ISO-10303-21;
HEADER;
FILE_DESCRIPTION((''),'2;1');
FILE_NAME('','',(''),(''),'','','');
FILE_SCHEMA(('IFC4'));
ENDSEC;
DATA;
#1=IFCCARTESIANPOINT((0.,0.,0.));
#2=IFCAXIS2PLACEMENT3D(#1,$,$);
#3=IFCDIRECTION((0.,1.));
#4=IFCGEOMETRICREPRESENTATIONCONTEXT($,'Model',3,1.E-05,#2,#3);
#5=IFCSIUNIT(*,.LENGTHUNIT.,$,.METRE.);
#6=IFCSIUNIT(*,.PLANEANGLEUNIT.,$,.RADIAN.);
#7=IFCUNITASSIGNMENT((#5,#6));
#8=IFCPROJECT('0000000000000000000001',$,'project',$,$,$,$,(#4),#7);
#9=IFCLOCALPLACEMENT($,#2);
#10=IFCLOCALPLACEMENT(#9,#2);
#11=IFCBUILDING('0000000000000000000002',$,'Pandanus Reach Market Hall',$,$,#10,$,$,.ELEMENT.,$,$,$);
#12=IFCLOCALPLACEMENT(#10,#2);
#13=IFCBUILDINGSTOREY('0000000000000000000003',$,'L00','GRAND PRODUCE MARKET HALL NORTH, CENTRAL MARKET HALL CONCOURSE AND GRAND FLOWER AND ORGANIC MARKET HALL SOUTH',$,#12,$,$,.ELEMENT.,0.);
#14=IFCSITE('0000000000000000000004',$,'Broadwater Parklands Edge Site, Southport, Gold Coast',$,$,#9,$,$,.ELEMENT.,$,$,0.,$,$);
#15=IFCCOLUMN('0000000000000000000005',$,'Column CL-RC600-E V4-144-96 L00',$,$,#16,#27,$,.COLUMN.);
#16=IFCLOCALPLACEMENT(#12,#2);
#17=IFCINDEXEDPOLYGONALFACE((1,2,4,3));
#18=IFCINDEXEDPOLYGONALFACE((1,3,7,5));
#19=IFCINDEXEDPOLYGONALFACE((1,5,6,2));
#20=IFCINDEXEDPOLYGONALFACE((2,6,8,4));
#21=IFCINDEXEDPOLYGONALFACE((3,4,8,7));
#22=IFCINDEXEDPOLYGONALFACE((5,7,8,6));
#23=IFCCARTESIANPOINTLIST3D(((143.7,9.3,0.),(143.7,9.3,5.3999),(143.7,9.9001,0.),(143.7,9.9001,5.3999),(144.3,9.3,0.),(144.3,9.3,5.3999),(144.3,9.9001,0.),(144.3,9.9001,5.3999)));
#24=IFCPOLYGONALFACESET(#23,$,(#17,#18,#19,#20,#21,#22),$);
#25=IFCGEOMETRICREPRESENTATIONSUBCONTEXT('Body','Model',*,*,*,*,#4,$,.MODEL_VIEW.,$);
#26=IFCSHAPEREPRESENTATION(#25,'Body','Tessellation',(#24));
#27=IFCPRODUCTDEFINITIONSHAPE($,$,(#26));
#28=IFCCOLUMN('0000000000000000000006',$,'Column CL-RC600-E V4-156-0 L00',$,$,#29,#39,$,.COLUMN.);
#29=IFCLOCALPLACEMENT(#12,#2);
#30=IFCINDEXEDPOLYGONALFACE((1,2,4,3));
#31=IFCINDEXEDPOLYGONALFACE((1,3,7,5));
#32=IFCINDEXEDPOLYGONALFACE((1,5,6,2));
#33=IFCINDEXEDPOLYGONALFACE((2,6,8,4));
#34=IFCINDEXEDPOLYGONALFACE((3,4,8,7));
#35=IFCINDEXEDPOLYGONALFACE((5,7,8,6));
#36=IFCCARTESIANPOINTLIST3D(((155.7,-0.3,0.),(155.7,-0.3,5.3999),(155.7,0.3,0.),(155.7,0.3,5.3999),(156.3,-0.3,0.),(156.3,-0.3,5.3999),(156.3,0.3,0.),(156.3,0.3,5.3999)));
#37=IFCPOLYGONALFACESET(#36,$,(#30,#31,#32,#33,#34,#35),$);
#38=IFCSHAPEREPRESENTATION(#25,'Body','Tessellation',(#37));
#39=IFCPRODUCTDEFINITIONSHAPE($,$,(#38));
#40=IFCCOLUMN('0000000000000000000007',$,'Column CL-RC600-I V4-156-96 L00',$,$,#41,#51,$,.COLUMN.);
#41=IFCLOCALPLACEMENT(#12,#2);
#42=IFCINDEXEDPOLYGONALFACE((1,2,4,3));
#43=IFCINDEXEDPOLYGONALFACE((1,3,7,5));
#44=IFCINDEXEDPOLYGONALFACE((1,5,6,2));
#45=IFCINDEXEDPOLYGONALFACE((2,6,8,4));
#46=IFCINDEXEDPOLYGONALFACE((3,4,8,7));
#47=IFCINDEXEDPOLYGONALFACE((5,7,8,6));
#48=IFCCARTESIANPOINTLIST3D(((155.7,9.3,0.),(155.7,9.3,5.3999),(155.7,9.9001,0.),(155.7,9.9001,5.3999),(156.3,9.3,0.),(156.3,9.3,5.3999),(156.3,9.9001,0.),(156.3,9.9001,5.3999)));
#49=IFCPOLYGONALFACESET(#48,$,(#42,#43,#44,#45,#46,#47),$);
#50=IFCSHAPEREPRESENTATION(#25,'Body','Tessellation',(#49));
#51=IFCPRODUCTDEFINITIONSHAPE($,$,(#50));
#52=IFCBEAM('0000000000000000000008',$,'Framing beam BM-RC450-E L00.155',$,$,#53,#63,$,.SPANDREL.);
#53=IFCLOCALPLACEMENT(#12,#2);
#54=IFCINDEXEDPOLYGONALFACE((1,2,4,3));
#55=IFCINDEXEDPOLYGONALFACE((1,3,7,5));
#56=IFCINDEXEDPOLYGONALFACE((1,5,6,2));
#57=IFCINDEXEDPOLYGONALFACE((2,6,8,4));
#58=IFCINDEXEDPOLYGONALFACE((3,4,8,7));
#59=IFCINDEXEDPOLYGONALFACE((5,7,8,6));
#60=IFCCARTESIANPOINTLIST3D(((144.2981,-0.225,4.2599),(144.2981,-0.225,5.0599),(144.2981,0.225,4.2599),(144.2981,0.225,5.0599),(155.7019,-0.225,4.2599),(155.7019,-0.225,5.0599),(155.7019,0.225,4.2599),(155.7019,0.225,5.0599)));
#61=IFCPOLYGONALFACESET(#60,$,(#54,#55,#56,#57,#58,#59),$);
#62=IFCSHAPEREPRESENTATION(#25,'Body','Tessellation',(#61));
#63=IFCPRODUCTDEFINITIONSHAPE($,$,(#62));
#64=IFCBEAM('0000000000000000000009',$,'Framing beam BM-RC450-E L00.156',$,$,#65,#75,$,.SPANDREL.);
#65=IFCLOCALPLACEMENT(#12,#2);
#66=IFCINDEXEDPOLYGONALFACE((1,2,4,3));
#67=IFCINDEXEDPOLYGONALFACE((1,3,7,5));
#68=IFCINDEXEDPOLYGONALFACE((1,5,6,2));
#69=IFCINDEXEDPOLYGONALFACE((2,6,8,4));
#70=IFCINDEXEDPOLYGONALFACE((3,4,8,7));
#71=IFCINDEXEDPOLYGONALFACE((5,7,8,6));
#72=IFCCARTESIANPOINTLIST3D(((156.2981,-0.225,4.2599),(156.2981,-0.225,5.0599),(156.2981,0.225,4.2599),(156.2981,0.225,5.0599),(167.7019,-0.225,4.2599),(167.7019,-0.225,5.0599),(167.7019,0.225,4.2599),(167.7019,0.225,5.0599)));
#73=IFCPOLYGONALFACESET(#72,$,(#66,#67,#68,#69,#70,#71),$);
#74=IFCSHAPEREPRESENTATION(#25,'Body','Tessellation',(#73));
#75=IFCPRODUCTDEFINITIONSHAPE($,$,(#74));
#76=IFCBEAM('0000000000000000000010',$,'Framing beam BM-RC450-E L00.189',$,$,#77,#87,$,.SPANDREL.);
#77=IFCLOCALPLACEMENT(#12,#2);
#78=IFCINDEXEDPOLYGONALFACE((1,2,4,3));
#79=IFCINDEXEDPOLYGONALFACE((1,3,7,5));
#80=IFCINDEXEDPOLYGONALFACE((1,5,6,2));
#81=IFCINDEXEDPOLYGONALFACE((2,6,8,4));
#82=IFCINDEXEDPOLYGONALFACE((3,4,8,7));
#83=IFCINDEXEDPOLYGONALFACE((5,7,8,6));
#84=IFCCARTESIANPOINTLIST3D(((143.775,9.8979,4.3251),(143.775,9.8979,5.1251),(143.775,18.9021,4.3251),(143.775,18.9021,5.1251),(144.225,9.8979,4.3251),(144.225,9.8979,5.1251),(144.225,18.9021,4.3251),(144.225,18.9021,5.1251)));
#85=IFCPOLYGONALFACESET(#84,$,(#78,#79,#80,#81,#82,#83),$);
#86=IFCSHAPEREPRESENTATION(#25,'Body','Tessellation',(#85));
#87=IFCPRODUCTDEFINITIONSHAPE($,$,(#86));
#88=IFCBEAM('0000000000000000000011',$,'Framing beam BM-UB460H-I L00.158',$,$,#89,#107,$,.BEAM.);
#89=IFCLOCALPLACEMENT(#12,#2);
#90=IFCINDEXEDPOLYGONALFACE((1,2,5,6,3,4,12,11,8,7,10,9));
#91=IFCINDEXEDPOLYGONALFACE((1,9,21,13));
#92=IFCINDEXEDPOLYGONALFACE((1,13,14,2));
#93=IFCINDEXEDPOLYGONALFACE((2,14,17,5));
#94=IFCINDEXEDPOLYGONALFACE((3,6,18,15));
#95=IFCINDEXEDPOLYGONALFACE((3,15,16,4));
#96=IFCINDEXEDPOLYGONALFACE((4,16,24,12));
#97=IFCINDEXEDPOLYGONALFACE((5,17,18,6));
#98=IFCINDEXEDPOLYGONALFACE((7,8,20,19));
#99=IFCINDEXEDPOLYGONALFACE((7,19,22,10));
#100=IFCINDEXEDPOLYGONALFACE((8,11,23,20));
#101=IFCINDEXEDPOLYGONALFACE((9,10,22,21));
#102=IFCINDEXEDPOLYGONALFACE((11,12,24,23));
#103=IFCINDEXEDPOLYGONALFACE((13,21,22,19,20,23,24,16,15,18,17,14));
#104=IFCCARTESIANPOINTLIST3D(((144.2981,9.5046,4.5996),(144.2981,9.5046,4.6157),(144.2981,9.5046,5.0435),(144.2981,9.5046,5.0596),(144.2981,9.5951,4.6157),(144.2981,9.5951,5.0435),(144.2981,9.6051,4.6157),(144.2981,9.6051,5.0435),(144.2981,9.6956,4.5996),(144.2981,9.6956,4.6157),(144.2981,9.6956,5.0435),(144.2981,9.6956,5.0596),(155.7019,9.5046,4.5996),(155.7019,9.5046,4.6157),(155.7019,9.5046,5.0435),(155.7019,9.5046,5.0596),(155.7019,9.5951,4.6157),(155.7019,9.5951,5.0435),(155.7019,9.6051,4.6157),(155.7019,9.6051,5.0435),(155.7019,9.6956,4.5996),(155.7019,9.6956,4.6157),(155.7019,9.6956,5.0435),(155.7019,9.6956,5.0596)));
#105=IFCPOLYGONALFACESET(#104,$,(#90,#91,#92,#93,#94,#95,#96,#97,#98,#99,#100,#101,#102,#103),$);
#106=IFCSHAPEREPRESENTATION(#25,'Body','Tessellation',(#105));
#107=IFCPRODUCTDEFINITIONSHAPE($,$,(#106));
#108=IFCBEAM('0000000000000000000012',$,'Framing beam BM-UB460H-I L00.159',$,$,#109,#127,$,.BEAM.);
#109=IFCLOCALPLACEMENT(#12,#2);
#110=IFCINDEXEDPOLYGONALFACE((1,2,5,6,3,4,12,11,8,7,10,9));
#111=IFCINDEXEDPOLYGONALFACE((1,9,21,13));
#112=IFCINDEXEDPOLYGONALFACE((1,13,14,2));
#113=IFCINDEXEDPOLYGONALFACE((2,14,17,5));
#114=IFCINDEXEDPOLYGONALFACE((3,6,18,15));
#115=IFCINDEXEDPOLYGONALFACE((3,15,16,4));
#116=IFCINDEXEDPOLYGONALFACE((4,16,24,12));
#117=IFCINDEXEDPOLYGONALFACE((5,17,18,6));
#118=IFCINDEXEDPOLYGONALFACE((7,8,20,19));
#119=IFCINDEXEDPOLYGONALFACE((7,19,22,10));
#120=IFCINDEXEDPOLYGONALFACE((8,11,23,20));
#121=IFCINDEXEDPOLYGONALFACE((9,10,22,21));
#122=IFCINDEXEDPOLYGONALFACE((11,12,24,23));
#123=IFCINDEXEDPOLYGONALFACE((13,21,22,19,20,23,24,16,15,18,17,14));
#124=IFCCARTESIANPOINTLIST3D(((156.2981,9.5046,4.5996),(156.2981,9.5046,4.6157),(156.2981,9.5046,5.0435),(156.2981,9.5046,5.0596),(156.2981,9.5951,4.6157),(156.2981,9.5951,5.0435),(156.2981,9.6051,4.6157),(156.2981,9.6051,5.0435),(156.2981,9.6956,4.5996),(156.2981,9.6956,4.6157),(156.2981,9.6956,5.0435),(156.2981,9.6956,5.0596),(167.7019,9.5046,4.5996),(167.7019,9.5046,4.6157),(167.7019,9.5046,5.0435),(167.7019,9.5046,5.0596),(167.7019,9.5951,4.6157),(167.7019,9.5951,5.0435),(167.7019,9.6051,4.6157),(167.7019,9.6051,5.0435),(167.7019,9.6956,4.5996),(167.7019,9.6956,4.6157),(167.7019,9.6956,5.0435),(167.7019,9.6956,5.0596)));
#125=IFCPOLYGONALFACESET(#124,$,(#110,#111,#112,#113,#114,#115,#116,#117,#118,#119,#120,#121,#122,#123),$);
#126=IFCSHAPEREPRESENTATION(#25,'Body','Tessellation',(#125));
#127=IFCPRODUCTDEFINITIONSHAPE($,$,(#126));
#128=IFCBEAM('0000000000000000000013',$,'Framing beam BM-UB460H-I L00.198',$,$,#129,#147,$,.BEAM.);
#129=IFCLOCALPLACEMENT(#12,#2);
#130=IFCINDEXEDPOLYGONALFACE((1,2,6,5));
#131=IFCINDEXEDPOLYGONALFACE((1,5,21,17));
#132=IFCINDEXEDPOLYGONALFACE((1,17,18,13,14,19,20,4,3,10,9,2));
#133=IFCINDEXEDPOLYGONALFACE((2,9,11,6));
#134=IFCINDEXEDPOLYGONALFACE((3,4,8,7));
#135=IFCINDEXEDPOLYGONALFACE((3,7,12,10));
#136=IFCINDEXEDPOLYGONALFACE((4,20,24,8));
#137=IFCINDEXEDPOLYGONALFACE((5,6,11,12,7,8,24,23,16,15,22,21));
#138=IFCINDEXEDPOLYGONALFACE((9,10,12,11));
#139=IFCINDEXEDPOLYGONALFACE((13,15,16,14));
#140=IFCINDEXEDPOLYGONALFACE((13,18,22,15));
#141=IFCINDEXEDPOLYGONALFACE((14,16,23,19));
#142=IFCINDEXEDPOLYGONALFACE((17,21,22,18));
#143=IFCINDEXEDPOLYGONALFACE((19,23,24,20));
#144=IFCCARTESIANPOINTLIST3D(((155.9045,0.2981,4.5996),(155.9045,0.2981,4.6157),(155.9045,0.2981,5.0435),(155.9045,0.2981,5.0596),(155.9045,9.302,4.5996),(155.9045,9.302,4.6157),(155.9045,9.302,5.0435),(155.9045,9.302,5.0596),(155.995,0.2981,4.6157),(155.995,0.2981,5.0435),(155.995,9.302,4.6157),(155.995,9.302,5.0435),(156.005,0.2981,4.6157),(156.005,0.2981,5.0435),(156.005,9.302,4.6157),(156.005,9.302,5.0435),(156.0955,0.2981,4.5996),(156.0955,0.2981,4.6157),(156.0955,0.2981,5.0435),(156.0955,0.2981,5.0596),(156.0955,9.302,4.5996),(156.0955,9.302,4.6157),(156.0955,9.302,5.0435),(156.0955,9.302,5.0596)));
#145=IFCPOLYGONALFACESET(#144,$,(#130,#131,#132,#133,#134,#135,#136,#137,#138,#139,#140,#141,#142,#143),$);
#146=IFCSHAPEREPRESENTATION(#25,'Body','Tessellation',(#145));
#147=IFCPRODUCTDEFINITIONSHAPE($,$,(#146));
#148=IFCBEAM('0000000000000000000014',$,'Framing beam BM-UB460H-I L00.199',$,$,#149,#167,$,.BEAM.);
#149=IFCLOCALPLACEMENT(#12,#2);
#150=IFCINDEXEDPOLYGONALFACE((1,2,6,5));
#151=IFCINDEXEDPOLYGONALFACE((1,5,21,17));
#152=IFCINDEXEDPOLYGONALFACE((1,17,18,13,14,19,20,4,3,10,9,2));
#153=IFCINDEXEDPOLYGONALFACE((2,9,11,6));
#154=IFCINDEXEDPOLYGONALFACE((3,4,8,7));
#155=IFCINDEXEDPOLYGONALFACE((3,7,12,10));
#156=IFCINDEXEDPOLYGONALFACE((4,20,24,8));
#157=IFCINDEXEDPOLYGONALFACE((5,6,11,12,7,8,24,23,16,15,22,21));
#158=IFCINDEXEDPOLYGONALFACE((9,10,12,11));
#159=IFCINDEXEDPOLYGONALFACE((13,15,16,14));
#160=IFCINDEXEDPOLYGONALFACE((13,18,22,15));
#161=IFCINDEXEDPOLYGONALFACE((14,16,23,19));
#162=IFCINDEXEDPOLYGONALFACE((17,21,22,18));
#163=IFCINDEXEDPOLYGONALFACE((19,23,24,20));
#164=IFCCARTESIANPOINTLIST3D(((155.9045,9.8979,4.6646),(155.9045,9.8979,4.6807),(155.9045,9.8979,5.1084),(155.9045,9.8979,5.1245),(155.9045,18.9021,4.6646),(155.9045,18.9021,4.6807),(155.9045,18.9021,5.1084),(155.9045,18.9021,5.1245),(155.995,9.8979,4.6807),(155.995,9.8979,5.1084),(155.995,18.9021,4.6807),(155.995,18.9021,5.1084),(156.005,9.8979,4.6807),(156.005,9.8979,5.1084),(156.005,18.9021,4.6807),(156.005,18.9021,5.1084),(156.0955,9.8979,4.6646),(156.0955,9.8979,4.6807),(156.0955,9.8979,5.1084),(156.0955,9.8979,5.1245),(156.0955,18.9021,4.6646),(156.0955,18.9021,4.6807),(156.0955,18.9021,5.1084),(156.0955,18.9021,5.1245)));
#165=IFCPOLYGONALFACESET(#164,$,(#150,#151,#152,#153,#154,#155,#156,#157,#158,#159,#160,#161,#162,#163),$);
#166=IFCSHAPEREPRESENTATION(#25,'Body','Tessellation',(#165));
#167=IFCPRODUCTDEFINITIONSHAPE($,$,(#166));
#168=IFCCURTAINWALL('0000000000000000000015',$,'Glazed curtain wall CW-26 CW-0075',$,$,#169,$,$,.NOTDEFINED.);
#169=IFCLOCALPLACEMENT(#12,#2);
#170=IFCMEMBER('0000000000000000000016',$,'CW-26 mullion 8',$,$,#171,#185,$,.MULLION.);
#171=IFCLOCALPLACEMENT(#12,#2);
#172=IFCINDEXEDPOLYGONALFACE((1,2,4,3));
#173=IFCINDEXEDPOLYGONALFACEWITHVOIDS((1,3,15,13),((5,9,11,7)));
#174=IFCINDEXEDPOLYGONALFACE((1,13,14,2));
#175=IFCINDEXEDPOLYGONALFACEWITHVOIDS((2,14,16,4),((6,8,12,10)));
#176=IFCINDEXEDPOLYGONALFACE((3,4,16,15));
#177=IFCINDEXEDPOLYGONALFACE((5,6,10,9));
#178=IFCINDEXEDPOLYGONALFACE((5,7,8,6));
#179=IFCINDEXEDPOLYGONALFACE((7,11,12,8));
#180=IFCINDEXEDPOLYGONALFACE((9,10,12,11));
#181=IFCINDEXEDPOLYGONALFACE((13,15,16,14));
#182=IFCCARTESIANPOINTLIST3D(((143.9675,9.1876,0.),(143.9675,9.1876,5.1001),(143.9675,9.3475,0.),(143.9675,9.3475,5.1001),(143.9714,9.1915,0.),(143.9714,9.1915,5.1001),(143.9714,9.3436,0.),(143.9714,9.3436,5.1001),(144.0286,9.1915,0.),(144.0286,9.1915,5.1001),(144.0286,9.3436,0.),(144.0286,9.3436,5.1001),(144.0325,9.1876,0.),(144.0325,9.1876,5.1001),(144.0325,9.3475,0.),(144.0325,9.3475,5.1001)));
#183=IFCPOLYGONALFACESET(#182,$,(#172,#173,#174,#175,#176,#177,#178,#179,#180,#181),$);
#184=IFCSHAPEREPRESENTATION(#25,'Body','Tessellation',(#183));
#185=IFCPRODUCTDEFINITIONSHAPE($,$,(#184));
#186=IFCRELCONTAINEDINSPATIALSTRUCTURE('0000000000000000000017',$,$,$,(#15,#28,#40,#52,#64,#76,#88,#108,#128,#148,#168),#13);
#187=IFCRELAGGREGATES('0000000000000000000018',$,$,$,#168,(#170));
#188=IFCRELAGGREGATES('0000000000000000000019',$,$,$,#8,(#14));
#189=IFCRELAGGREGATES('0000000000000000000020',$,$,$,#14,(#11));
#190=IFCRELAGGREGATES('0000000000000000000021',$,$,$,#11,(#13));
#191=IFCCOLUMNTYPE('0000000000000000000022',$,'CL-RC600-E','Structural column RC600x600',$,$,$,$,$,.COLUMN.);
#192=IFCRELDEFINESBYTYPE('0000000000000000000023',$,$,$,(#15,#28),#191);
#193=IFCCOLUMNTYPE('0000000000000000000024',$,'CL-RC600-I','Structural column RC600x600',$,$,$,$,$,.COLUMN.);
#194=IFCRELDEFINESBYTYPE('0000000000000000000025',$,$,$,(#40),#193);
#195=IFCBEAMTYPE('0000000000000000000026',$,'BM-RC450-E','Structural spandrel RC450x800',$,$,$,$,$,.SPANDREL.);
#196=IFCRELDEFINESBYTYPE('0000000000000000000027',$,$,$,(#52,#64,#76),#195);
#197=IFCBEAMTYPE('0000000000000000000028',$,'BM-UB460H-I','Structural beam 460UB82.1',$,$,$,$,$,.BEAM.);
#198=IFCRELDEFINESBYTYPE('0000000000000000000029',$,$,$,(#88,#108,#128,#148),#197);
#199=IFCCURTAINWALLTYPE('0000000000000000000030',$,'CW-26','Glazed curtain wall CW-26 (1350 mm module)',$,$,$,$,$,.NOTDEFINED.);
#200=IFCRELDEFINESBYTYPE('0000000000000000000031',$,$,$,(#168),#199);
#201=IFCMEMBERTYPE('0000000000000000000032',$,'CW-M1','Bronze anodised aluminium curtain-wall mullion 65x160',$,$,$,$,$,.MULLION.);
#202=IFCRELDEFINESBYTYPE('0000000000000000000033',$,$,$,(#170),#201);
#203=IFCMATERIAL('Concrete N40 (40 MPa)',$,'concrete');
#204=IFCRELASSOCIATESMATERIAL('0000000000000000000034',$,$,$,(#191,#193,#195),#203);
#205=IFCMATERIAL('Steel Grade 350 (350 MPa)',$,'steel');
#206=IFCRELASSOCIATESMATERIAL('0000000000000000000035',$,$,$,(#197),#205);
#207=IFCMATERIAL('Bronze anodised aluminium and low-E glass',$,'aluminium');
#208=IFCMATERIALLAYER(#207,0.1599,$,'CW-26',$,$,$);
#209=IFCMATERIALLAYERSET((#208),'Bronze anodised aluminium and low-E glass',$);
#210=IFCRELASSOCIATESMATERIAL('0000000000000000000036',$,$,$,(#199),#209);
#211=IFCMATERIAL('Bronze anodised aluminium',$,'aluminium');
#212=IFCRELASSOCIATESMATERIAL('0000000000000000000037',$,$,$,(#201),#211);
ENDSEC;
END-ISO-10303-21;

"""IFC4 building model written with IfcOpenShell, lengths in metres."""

from ifc_helpers import new_model, si_unit, direction, frame, origin, origin_2d, place, context, subcontext, project, spatial, rectangle, hollow_rectangle, i_section, extrude, material, layer, layer_set, material_profile, profile_set, type_object, element, aggregate, save


model = new_model("IFC4")

# Units and contexts
model_context = context("Model", 3, precision=1e-05, world=origin(), true_north=direction((0.0, 1.0)))
body_context = subcontext(model_context, "Body", "Model", "MODEL_VIEW")
ifc_project = project(units=[si_unit("LENGTHUNIT", "METRE"), si_unit("PLANEANGLEUNIT", "RADIAN")], contexts=[model_context])

# Site, building, storey
site_placement = place(None, origin())
site = spatial("IfcSite", under=ifc_project, at=site_placement, Name="Broadwater Parklands Edge Site, Southport, Gold Coast", CompositionType="ELEMENT", RefElevation=0.0)
building_placement = place(site_placement, origin())
building = spatial("IfcBuilding", under=site, at=building_placement, Name="Pandanus Reach Market Hall", CompositionType="ELEMENT")
storey_placement = place(building_placement, origin())
storey = spatial("IfcBuildingStorey", under=building, at=storey_placement, Name="L00", Description="GRAND PRODUCE MARKET HALL NORTH, CENTRAL MARKET HALL CONCOURSE AND GRAND FLOWER AND ORGANIC MARKET HALL SOUTH", CompositionType="ELEMENT", Elevation=0.0)

# Columns
ifc_material_1 = material(Name="Concrete N40 (40 MPa)", Category="concrete")
ifc_material_profile_1 = material_profile(ifc_material_1, rectangle(XDim=0.6001, YDim=0.6001, at=origin_2d()), Name="RC600x600", Category="LoadBearing")
ifc_profile_set_1 = profile_set([ifc_material_profile_1], Name="Concrete N40 (40 MPa)")
column_type_1 = type_object("IfcColumnType", Name="CL-RC600-E", Description="Structural column RC600x600", PredefinedType="COLUMN", material=ifc_profile_set_1)
for number, where, z_axis, x_axis, name in (
    (1, (144.0, 9.6001, 0.0), (0.0, 0.0, 1.0), (1.0, 0.0, 0.0), "Column CL-RC600-E V4-144-96 L00"),
    (2, (156.0, 0.0, 0.0), (0.0, 0.0, 1.0), (1.0, 0.0, 0.0), "Column CL-RC600-E V4-156-0 L00"),
):
    element("IfcColumn", number, at=place(storey_placement, frame(where, z_axis=z_axis, x_axis=x_axis)), inside=storey, type_object=column_type_1, Name=name, PredefinedType="COLUMN", context=body_context, shape_type="SweptSolid", body=[
        extrude(rectangle(XDim=0.6001, YDim=0.6001, at=origin_2d()), origin(), (0.0, 0.0, 1.0), 5.3999),
    ])
ifc_material_profile_2 = material_profile(ifc_material_1, rectangle(XDim=0.6001, YDim=0.6001, at=origin_2d()), Name="RC600x600", Category="LoadBearing")
ifc_profile_set_2 = profile_set([ifc_material_profile_2], Name="Concrete N40 (40 MPa)")
column_type_2 = type_object("IfcColumnType", Name="CL-RC600-I", Description="Structural column RC600x600", PredefinedType="COLUMN", material=ifc_profile_set_2)
column_placement = place(storey_placement, frame((156.0, 9.6001, 0.0), z_axis=(0.0, 0.0, 1.0), x_axis=(1.0, 0.0, 0.0)))
element("IfcColumn", 3, at=column_placement, inside=storey, type_object=column_type_2, Name="Column CL-RC600-I V4-156-96 L00", PredefinedType="COLUMN", context=body_context, shape_type="SweptSolid", body=[
    extrude(rectangle(XDim=0.6001, YDim=0.6001, at=origin_2d()), origin(), (0.0, 0.0, 1.0), 5.3999),
])

# Beams
ifc_material_profile_3 = material_profile(ifc_material_1, rectangle(XDim=0.45, YDim=0.8, at=origin_2d()), Name="RC450x800", Category="LoadBearing")
ifc_profile_set_3 = profile_set([ifc_material_profile_3], Name="Concrete N40 (40 MPa)")
beam_type_1 = type_object("IfcBeamType", Name="BM-RC450-E", Description="Structural spandrel RC450x800", PredefinedType="SPANDREL", material=ifc_profile_set_3)
for number, where, z_axis, x_axis, name in (
    (4, (144.2981, 0.0, 4.6599), (1.0, 0.0, 0.0), (0.0, 1.0, 0.0), "Framing beam BM-RC450-E L00.155"),
    (5, (156.2981, 0.0, 4.6599), (1.0, 0.0, 0.0), (0.0, 1.0, 0.0), "Framing beam BM-RC450-E L00.156"),
):
    element("IfcBeam", number, at=place(storey_placement, frame(where, z_axis=z_axis, x_axis=x_axis)), inside=storey, type_object=beam_type_1, Name=name, PredefinedType="SPANDREL", context=body_context, shape_type="SweptSolid", body=[
        extrude(rectangle(XDim=0.45, YDim=0.8, at=origin_2d()), origin(), (0.0, 0.0, 1.0), 11.4038),
    ])
beam_1_placement = place(storey_placement, frame((144.0, 9.8979, 4.7251), z_axis=(0.0, 1.0, 0.0), x_axis=(-1.0, 0.0, 0.0)))
element("IfcBeam", 6, at=beam_1_placement, inside=storey, type_object=beam_type_1, Name="Framing beam BM-RC450-E L00.189", PredefinedType="SPANDREL", context=body_context, shape_type="SweptSolid", body=[
    extrude(rectangle(XDim=0.45, YDim=0.8, at=origin_2d()), origin(), (0.0, 0.0, 1.0), 9.0042),
])
ifc_material_2 = material(Name="Steel Grade 350 (350 MPa)", Category="steel")
ifc_material_profile_4 = material_profile(ifc_material_2, i_section(OverallWidth=0.1909, OverallDepth=0.46, WebThickness=0.01, FlangeThickness=0.0161, at=origin_2d()), Name="460UB82.1", Category="LoadBearing")
ifc_profile_set_4 = profile_set([ifc_material_profile_4], Name="Steel Grade 350 (350 MPa)")
beam_type_2 = type_object("IfcBeamType", Name="BM-UB460H-I", Description="Structural beam 460UB82.1", PredefinedType="BEAM", material=ifc_profile_set_4)
for number, where, z_axis, x_axis, name in (
    (7, (144.2981, 9.6001, 4.8296), (1.0, 0.0, 0.0), (0.0, 1.0, 0.0), "Framing beam BM-UB460H-I L00.158"),
    (8, (156.2981, 9.6001, 4.8296), (1.0, 0.0, 0.0), (0.0, 1.0, 0.0), "Framing beam BM-UB460H-I L00.159"),
):
    element("IfcBeam", number, at=place(storey_placement, frame(where, z_axis=z_axis, x_axis=x_axis)), inside=storey, type_object=beam_type_2, Name=name, PredefinedType="BEAM", context=body_context, shape_type="SweptSolid", body=[
        extrude(i_section(OverallWidth=0.1909, OverallDepth=0.46, WebThickness=0.01, FlangeThickness=0.0161, at=origin_2d()), origin(), (0.0, 0.0, 1.0), 11.4038),
    ])
beam_2_placement = place(storey_placement, frame((156.0, 0.2981, 4.8296), z_axis=(0.0, 1.0, 0.0), x_axis=(-1.0, 0.0, 0.0)))
element("IfcBeam", 9, at=beam_2_placement, inside=storey, type_object=beam_type_2, Name="Framing beam BM-UB460H-I L00.198", PredefinedType="BEAM", context=body_context, shape_type="SweptSolid", body=[
    extrude(i_section(OverallWidth=0.1909, OverallDepth=0.46, WebThickness=0.01, FlangeThickness=0.0161, at=origin_2d()), origin(), (0.0, 0.0, 1.0), 9.0039),
])
beam_3_placement = place(storey_placement, frame((156.0, 9.8979, 4.8945), z_axis=(0.0, 1.0, 0.0), x_axis=(-1.0, 0.0, 0.0)))
element("IfcBeam", 10, at=beam_3_placement, inside=storey, type_object=beam_type_2, Name="Framing beam BM-UB460H-I L00.199", PredefinedType="BEAM", context=body_context, shape_type="SweptSolid", body=[
    extrude(i_section(OverallWidth=0.1909, OverallDepth=0.46, WebThickness=0.01, FlangeThickness=0.0161, at=origin_2d()), origin(), (0.0, 0.0, 1.0), 9.0042),
])

# Curtain wall, member
ifc_material_3 = material(Name="Bronze anodised aluminium and low-E glass", Category="aluminium")
ifc_layer_1 = layer(ifc_material_3, 0.1599, Name="CW-26")
ifc_layer_set_1 = layer_set([ifc_layer_1], Name="Bronze anodised aluminium and low-E glass")
curtain_wall_type = type_object("IfcCurtainWallType", Name="CW-26", Description="Glazed curtain wall CW-26 (1350 mm module)", PredefinedType="NOTDEFINED", material=ifc_layer_set_1)
curtain_wall_1_placement = place(storey_placement, origin())
curtain_wall_1 = element("IfcCurtainWall", 11, at=curtain_wall_1_placement, inside=storey, type_object=curtain_wall_type, Name="Glazed curtain wall CW-26 CW-0075", PredefinedType="NOTDEFINED")
ifc_material_4 = material(Name="Bronze anodised aluminium", Category="aluminium")
ifc_material_profile_5 = material_profile(ifc_material_4, hollow_rectangle(XDim=0.0649, YDim=0.1599, WallThickness=0.0039, at=origin_2d()), Name="ALU65x160", Category="LoadBearing")
ifc_profile_set_5 = profile_set([ifc_material_profile_5], Name="Bronze anodised aluminium")
member_type_1 = type_object("IfcMemberType", Name="CW-M1", Description="Bronze anodised aluminium curtain-wall mullion 65x160", PredefinedType="MULLION", material=ifc_profile_set_5)
member_1_placement = place(storey_placement, frame((144.0, 9.2676, 0.0), z_axis=(0.0, 0.0, 1.0), x_axis=(-1.0, 0.0, 0.0)))
member_1 = element("IfcMember", 12, at=member_1_placement, type_object=member_type_1, Name="CW-26 mullion 8", PredefinedType="MULLION", context=body_context, shape_type="SweptSolid", body=[
    extrude(hollow_rectangle(XDim=0.0649, YDim=0.1599, WallThickness=0.0039, at=origin_2d()), origin(), (0.0, 0.0, 1.0), 5.1001),
])

aggregate(curtain_wall_1, [member_1])

save(model, "model.ifc")
